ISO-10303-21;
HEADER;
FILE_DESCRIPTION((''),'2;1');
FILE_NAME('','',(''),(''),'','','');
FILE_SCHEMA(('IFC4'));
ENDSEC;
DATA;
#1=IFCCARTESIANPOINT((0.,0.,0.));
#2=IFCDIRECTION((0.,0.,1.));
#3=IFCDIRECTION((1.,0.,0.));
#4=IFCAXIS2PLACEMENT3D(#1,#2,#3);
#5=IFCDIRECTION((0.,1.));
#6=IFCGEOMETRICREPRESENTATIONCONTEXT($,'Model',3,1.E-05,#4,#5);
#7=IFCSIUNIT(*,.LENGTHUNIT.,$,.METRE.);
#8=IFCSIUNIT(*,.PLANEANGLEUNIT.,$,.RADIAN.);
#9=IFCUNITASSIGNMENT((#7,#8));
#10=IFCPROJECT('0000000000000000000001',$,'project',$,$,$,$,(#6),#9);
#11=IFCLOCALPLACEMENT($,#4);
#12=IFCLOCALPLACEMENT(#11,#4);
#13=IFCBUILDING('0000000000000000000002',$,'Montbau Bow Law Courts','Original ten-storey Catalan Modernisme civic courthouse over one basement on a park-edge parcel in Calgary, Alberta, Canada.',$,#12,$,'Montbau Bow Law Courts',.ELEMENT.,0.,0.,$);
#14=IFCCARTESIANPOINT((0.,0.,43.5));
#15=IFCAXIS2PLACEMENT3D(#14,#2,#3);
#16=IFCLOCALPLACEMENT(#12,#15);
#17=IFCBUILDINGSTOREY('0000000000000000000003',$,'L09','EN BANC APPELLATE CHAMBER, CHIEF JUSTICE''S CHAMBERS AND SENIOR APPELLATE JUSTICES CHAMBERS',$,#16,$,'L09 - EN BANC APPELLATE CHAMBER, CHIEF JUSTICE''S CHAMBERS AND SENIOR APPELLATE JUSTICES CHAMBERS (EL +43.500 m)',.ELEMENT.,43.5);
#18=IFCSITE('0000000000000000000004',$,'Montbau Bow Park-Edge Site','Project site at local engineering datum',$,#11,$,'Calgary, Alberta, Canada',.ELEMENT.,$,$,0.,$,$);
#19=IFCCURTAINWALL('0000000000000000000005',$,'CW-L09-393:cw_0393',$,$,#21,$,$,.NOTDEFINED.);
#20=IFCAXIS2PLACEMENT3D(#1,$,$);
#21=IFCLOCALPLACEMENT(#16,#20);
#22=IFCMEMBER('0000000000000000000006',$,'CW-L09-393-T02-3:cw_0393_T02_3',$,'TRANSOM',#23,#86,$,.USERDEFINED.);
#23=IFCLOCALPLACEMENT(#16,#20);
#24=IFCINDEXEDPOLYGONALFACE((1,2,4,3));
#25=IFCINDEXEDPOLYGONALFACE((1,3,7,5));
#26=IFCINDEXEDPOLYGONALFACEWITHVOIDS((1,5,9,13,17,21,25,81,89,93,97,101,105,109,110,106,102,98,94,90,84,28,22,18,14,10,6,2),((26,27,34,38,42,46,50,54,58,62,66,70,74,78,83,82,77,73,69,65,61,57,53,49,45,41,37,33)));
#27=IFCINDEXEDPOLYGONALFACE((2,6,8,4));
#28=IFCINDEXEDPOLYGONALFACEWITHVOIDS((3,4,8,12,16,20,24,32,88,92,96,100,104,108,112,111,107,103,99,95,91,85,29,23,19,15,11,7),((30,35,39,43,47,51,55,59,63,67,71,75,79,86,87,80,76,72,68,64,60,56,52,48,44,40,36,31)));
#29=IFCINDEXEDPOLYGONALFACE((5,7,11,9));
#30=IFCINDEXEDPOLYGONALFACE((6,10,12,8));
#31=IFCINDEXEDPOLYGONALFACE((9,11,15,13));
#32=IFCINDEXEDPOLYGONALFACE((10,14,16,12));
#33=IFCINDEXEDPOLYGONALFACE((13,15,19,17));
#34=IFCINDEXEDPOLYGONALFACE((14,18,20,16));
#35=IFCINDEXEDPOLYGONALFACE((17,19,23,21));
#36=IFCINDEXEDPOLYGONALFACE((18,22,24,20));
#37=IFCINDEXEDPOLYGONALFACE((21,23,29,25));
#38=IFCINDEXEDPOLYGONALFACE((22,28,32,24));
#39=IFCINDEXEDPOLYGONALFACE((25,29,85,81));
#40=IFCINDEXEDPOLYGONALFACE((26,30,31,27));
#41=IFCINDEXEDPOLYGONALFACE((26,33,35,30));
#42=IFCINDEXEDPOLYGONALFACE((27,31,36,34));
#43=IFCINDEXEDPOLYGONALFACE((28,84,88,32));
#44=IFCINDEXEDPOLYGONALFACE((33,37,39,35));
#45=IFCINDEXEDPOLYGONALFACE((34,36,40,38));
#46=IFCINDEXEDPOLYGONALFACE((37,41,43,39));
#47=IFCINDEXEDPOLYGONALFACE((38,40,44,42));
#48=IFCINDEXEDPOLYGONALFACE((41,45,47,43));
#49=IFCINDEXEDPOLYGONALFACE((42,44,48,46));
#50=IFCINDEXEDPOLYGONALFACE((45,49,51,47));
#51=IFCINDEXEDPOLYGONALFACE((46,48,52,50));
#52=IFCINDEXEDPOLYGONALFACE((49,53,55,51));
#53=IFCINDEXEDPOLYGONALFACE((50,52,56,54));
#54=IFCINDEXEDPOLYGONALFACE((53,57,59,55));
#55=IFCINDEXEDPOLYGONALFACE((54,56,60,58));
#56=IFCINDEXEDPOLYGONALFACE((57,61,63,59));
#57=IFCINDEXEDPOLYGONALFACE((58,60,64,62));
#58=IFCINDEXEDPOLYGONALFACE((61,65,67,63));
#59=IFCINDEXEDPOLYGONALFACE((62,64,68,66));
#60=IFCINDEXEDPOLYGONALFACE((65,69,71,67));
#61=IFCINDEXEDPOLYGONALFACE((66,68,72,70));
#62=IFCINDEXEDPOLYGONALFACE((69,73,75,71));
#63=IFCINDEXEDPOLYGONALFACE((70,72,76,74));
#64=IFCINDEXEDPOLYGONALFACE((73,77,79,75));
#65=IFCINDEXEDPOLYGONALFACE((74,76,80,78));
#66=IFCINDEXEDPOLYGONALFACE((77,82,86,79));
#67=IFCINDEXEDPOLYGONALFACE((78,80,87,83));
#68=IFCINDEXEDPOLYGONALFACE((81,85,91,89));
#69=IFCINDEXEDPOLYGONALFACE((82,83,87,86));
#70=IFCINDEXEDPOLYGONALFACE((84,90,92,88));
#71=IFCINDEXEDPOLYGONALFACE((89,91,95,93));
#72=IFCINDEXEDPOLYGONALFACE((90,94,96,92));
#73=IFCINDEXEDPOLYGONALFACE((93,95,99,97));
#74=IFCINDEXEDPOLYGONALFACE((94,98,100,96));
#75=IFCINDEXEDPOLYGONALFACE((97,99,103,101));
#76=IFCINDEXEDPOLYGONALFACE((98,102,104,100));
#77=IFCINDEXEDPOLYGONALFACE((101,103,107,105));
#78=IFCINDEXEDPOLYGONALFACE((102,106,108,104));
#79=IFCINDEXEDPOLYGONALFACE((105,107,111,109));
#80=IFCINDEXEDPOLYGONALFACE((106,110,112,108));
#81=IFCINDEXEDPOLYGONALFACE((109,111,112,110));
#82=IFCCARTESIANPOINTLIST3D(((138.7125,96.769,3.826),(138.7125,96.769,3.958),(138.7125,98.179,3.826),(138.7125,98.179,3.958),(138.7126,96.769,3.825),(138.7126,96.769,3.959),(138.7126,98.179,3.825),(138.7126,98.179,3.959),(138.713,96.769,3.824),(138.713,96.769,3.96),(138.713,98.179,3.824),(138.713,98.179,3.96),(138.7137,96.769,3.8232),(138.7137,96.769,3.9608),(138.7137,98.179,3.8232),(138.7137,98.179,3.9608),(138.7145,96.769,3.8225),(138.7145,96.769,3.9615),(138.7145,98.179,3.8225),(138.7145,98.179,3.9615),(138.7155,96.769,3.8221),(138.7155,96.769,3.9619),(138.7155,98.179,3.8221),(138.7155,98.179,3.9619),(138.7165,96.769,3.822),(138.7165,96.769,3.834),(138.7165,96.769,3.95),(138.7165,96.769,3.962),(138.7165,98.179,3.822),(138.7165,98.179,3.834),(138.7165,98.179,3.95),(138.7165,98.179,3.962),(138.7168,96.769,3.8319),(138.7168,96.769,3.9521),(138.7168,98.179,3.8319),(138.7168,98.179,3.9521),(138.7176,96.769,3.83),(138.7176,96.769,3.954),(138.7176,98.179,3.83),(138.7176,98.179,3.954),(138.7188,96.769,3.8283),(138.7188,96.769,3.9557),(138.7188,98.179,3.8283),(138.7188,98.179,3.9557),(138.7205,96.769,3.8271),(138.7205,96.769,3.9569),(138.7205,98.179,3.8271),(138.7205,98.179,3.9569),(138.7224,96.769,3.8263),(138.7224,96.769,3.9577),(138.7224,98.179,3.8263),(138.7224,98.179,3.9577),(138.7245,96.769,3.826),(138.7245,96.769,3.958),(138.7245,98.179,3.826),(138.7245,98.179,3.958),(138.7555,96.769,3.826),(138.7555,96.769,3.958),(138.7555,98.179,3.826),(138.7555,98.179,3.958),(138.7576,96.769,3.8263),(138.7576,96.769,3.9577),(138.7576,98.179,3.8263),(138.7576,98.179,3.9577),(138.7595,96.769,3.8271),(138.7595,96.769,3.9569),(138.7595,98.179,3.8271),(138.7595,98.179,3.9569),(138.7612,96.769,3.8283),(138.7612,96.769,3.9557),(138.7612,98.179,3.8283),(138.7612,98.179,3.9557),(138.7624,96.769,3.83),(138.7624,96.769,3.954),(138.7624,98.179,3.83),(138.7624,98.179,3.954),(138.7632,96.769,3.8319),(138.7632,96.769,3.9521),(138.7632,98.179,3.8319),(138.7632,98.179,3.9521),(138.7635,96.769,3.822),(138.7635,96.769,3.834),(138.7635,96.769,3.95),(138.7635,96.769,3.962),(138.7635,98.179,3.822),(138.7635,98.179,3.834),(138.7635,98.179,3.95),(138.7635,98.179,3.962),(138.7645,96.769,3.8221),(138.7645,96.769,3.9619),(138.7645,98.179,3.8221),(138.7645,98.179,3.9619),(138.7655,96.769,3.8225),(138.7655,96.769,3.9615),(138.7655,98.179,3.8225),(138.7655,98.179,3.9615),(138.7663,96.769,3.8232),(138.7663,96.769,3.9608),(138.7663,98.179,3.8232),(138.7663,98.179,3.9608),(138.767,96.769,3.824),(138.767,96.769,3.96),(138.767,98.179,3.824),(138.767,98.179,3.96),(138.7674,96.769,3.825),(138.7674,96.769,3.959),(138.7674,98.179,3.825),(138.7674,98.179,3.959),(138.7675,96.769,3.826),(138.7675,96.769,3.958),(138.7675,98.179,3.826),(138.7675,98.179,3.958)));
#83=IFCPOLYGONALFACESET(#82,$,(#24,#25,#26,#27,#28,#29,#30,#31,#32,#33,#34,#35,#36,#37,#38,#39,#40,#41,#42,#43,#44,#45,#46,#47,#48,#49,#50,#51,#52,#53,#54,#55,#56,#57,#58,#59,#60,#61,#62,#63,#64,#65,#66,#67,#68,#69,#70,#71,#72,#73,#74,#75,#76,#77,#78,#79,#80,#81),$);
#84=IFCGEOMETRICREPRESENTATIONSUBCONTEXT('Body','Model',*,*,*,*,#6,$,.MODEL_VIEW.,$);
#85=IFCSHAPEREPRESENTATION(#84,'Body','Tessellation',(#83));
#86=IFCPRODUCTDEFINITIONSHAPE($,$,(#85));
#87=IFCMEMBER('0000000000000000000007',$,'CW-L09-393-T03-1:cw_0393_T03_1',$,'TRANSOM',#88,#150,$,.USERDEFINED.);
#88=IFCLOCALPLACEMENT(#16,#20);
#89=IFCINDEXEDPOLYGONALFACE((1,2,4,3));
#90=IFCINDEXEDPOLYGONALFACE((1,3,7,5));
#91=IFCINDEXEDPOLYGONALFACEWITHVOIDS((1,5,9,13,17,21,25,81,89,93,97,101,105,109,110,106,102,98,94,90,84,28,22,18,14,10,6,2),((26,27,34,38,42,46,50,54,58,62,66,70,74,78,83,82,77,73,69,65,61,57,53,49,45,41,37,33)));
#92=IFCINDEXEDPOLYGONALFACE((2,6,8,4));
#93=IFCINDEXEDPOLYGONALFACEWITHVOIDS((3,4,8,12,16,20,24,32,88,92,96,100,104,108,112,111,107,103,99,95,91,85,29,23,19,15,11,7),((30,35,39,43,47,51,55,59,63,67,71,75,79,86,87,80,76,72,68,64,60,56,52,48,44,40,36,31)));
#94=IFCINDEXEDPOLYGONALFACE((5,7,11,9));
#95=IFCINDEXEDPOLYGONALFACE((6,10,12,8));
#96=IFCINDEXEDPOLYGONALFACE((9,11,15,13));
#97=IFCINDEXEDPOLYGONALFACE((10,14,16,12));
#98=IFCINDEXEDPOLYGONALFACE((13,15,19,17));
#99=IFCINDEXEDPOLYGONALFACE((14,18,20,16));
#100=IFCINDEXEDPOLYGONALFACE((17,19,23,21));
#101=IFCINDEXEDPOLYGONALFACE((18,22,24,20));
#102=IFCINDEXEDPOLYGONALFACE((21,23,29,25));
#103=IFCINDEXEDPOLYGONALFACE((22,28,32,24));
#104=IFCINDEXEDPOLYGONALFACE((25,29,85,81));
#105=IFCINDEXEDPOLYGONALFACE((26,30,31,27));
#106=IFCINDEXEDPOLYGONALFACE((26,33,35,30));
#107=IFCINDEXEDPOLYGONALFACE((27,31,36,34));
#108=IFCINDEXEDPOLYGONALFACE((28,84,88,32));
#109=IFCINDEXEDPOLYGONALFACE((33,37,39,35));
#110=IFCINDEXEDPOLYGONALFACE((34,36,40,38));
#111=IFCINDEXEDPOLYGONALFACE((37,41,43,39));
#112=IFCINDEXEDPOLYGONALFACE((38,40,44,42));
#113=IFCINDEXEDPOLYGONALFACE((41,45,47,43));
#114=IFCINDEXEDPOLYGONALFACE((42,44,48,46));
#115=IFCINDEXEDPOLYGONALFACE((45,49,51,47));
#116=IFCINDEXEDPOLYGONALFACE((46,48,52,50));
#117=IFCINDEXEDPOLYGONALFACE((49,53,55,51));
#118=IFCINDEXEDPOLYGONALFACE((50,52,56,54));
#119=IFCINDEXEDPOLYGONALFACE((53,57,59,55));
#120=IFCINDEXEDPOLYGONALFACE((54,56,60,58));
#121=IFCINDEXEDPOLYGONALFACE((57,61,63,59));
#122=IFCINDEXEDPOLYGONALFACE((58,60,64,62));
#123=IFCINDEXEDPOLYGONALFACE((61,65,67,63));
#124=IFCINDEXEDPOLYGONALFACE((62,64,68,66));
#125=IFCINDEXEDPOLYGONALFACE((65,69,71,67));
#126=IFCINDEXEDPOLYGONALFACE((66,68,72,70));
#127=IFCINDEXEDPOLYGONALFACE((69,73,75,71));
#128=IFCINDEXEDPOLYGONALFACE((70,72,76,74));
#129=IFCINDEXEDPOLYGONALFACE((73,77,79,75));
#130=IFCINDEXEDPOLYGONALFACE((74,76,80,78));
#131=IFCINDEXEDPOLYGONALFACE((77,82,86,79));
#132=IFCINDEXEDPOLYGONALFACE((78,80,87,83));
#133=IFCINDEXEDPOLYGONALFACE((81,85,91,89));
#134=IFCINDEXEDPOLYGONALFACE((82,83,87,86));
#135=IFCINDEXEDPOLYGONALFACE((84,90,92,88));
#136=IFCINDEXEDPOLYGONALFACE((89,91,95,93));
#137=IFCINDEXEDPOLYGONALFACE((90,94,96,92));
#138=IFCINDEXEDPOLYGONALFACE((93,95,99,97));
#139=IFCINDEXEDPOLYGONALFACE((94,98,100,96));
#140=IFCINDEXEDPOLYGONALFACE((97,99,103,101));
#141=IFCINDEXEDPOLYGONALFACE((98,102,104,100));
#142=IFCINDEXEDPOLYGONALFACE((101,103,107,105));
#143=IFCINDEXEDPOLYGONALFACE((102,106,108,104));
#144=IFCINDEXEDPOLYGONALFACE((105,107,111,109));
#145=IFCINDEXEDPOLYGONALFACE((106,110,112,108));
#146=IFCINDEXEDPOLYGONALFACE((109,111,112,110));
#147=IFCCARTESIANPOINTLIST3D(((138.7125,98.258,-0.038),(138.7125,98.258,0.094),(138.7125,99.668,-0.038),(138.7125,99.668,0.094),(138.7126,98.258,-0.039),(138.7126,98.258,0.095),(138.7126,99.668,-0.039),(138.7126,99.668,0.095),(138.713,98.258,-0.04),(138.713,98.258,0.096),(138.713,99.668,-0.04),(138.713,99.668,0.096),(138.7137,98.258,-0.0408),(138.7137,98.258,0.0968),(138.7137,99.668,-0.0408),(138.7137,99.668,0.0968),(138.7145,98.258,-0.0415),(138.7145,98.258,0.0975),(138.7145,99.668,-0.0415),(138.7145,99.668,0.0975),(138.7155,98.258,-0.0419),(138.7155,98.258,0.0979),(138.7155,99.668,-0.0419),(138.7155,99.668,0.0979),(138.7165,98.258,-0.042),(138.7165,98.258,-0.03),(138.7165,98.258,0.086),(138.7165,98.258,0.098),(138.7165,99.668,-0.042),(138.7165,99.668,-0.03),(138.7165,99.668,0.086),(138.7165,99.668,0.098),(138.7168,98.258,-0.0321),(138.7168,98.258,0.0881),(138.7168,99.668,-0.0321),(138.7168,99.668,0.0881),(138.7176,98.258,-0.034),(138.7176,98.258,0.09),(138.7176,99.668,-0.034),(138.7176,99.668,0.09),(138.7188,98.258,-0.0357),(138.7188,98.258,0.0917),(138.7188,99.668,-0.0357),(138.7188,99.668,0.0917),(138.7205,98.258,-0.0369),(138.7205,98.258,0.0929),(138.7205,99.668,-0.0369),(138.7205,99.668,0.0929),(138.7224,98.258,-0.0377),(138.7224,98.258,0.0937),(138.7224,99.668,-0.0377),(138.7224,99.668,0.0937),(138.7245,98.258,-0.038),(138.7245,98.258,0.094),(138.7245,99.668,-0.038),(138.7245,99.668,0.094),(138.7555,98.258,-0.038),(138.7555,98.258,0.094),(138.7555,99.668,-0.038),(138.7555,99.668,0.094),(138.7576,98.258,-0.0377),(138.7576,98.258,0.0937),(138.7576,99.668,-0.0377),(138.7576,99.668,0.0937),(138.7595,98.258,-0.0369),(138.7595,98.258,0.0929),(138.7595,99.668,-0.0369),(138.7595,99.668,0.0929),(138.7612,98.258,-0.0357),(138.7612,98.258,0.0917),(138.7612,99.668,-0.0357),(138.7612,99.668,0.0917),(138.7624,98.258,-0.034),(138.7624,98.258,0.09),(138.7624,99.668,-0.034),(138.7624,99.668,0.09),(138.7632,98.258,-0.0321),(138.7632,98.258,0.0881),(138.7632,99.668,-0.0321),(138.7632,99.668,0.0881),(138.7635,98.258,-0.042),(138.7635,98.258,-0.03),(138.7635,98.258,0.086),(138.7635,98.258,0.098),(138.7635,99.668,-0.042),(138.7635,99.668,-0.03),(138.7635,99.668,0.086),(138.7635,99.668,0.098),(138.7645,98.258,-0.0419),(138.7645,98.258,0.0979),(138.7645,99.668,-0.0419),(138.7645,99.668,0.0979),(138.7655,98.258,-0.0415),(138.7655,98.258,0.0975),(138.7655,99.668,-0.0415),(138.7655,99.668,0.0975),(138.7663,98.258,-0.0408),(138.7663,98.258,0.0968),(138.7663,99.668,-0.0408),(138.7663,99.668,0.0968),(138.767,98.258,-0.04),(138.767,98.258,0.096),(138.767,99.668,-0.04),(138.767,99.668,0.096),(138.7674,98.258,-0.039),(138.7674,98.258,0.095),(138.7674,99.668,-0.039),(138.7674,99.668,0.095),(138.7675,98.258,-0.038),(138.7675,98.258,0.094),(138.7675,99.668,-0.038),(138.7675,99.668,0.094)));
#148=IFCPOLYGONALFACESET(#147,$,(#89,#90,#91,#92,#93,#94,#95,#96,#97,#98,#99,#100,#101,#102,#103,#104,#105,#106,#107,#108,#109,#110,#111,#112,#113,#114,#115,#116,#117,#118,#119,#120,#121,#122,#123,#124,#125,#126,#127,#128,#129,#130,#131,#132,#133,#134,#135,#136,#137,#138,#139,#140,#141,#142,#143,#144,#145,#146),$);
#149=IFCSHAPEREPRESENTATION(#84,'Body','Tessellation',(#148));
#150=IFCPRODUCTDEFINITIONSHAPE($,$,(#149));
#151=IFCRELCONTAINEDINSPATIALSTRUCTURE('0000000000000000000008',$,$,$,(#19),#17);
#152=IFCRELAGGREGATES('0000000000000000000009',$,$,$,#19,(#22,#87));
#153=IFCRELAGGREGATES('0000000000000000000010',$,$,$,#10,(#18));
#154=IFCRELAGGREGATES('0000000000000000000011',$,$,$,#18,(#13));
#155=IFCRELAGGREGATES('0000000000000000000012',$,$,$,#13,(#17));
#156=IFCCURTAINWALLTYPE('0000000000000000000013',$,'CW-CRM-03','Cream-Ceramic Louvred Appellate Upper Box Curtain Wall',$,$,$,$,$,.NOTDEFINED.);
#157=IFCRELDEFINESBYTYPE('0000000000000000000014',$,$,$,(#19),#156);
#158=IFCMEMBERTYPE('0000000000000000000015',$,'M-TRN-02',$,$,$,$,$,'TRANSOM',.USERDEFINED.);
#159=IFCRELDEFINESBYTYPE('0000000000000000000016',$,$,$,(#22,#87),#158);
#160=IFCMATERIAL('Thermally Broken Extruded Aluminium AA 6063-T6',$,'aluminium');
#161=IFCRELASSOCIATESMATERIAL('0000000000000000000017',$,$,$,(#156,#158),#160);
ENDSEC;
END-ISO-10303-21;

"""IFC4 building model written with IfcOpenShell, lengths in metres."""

from ifc_helpers import new_model, si_unit, direction, frame, origin_with_axes, origin_2d_with_axis, place, context, subcontext, project, spatial, hollow_rectangle, extrude, material, material_profile, profile_set, type_object, element, aggregate, save


model = new_model("IFC4")

# Units and contexts
model_context = context("Model", 3, precision=1e-05, world=origin_with_axes(), true_north=direction((0.0, 1.0)))
body_context = subcontext(model_context, "Body", "Model", "MODEL_VIEW")
ifc_project = project(units=[si_unit("LENGTHUNIT", "METRE"), si_unit("PLANEANGLEUNIT", "RADIAN")], contexts=[model_context])

# Site, building, storey
site_placement = place(None, origin_with_axes())
site = spatial("IfcSite", under=ifc_project, at=site_placement, Name="Montbau Bow Park-Edge Site", Description="Project site at local engineering datum", LongName="Calgary, Alberta, Canada", CompositionType="ELEMENT", RefElevation=0.0)
building_placement = place(site_placement, origin_with_axes())
building = spatial("IfcBuilding", under=site, at=building_placement, Name="Montbau Bow Law Courts", Description="Original ten-storey Catalan Modernisme civic courthouse over one basement on a park-edge parcel in Calgary, Alberta, Canada.", LongName="Montbau Bow Law Courts", CompositionType="ELEMENT", ElevationOfRefHeight=0.0, ElevationOfTerrain=0.0)
storey_placement = place(building_placement, frame((0.0, 0.0, 43.5), z_axis=(0.0, 0.0, 1.0), x_axis=(1.0, 0.0, 0.0)))
storey = spatial("IfcBuildingStorey", under=building, at=storey_placement, Name="L09", Description="EN BANC APPELLATE CHAMBER, CHIEF JUSTICE'S CHAMBERS AND SENIOR APPELLATE JUSTICES CHAMBERS", LongName="L09 - EN BANC APPELLATE CHAMBER, CHIEF JUSTICE'S CHAMBERS AND SENIOR APPELLATE JUSTICES CHAMBERS (EL +43.500 m)", CompositionType="ELEMENT", Elevation=43.5)

# Curtain wall, members
ifc_material_1 = material(Name="Thermally Broken Extruded Aluminium AA 6063-T6", Category="aluminium")
curtain_wall_type = type_object("IfcCurtainWallType", Name="CW-CRM-03", Description="Cream-Ceramic Louvred Appellate Upper Box Curtain Wall", PredefinedType="NOTDEFINED", material=ifc_material_1)
curtain_wall_placement = place(None, frame((138.74, 95.24, 43.5), z_axis=(0.0, 0.0, 1.0), x_axis=(1.0, 0.0, 0.0)))
curtain_wall = element("IfcCurtainWall", 1, at=curtain_wall_placement, inside=storey, type_object=curtain_wall_type, Name="CW-L09-393:cw_0393", PredefinedType="NOTDEFINED")
ifc_material_profile_1 = material_profile(ifc_material_1, hollow_rectangle(XDim=0.055, YDim=0.14, WallThickness=0.004, InnerFilletRadius=0.008, OuterFilletRadius=0.004, at=origin_2d_with_axis()), Name="CWT-140X55", Category="Main", Priority=0)
ifc_profile_set_1 = profile_set([ifc_material_profile_1], Name="Thermally Broken Extruded Aluminium AA 6063-T6")
member_type_1 = type_object("IfcMemberType", Name="M-TRN-02", ElementType="TRANSOM", PredefinedType="USERDEFINED", material=ifc_profile_set_1)
member_1_placement = place(None, frame((138.74, 96.769, 47.392), z_axis=(0.0, 1.0, 0.0), x_axis=(-1.0, 0.0, 0.0)))
member_1 = element("IfcMember", 2, at=member_1_placement, type_object=member_type_1, Name="CW-L09-393-T02-3:cw_0393_T02_3", ObjectType="TRANSOM", PredefinedType="USERDEFINED", context=body_context, shape_type="SweptSolid", body=[
    extrude(hollow_rectangle(XDim=0.055, YDim=0.14, WallThickness=0.004, InnerFilletRadius=0.008, OuterFilletRadius=0.004, at=origin_2d_with_axis()), origin_with_axes(), (0.0, 0.0, 1.0), 1.41),
])
member_2_placement = place(None, frame((138.74, 98.258, 43.528), z_axis=(0.0, 1.0, 0.0), x_axis=(-1.0, 0.0, 0.0)))
member_2 = element("IfcMember", 3, at=member_2_placement, type_object=member_type_1, Name="CW-L09-393-T03-1:cw_0393_T03_1", ObjectType="TRANSOM", PredefinedType="USERDEFINED", context=body_context, shape_type="SweptSolid", body=[
    extrude(hollow_rectangle(XDim=0.055, YDim=0.14, WallThickness=0.004, InnerFilletRadius=0.008, OuterFilletRadius=0.004, at=origin_2d_with_axis()), origin_with_axes(), (0.0, 0.0, 1.0), 1.41),
])
aggregate(curtain_wall, [member_1, member_2])

save(model, "model.ifc")
